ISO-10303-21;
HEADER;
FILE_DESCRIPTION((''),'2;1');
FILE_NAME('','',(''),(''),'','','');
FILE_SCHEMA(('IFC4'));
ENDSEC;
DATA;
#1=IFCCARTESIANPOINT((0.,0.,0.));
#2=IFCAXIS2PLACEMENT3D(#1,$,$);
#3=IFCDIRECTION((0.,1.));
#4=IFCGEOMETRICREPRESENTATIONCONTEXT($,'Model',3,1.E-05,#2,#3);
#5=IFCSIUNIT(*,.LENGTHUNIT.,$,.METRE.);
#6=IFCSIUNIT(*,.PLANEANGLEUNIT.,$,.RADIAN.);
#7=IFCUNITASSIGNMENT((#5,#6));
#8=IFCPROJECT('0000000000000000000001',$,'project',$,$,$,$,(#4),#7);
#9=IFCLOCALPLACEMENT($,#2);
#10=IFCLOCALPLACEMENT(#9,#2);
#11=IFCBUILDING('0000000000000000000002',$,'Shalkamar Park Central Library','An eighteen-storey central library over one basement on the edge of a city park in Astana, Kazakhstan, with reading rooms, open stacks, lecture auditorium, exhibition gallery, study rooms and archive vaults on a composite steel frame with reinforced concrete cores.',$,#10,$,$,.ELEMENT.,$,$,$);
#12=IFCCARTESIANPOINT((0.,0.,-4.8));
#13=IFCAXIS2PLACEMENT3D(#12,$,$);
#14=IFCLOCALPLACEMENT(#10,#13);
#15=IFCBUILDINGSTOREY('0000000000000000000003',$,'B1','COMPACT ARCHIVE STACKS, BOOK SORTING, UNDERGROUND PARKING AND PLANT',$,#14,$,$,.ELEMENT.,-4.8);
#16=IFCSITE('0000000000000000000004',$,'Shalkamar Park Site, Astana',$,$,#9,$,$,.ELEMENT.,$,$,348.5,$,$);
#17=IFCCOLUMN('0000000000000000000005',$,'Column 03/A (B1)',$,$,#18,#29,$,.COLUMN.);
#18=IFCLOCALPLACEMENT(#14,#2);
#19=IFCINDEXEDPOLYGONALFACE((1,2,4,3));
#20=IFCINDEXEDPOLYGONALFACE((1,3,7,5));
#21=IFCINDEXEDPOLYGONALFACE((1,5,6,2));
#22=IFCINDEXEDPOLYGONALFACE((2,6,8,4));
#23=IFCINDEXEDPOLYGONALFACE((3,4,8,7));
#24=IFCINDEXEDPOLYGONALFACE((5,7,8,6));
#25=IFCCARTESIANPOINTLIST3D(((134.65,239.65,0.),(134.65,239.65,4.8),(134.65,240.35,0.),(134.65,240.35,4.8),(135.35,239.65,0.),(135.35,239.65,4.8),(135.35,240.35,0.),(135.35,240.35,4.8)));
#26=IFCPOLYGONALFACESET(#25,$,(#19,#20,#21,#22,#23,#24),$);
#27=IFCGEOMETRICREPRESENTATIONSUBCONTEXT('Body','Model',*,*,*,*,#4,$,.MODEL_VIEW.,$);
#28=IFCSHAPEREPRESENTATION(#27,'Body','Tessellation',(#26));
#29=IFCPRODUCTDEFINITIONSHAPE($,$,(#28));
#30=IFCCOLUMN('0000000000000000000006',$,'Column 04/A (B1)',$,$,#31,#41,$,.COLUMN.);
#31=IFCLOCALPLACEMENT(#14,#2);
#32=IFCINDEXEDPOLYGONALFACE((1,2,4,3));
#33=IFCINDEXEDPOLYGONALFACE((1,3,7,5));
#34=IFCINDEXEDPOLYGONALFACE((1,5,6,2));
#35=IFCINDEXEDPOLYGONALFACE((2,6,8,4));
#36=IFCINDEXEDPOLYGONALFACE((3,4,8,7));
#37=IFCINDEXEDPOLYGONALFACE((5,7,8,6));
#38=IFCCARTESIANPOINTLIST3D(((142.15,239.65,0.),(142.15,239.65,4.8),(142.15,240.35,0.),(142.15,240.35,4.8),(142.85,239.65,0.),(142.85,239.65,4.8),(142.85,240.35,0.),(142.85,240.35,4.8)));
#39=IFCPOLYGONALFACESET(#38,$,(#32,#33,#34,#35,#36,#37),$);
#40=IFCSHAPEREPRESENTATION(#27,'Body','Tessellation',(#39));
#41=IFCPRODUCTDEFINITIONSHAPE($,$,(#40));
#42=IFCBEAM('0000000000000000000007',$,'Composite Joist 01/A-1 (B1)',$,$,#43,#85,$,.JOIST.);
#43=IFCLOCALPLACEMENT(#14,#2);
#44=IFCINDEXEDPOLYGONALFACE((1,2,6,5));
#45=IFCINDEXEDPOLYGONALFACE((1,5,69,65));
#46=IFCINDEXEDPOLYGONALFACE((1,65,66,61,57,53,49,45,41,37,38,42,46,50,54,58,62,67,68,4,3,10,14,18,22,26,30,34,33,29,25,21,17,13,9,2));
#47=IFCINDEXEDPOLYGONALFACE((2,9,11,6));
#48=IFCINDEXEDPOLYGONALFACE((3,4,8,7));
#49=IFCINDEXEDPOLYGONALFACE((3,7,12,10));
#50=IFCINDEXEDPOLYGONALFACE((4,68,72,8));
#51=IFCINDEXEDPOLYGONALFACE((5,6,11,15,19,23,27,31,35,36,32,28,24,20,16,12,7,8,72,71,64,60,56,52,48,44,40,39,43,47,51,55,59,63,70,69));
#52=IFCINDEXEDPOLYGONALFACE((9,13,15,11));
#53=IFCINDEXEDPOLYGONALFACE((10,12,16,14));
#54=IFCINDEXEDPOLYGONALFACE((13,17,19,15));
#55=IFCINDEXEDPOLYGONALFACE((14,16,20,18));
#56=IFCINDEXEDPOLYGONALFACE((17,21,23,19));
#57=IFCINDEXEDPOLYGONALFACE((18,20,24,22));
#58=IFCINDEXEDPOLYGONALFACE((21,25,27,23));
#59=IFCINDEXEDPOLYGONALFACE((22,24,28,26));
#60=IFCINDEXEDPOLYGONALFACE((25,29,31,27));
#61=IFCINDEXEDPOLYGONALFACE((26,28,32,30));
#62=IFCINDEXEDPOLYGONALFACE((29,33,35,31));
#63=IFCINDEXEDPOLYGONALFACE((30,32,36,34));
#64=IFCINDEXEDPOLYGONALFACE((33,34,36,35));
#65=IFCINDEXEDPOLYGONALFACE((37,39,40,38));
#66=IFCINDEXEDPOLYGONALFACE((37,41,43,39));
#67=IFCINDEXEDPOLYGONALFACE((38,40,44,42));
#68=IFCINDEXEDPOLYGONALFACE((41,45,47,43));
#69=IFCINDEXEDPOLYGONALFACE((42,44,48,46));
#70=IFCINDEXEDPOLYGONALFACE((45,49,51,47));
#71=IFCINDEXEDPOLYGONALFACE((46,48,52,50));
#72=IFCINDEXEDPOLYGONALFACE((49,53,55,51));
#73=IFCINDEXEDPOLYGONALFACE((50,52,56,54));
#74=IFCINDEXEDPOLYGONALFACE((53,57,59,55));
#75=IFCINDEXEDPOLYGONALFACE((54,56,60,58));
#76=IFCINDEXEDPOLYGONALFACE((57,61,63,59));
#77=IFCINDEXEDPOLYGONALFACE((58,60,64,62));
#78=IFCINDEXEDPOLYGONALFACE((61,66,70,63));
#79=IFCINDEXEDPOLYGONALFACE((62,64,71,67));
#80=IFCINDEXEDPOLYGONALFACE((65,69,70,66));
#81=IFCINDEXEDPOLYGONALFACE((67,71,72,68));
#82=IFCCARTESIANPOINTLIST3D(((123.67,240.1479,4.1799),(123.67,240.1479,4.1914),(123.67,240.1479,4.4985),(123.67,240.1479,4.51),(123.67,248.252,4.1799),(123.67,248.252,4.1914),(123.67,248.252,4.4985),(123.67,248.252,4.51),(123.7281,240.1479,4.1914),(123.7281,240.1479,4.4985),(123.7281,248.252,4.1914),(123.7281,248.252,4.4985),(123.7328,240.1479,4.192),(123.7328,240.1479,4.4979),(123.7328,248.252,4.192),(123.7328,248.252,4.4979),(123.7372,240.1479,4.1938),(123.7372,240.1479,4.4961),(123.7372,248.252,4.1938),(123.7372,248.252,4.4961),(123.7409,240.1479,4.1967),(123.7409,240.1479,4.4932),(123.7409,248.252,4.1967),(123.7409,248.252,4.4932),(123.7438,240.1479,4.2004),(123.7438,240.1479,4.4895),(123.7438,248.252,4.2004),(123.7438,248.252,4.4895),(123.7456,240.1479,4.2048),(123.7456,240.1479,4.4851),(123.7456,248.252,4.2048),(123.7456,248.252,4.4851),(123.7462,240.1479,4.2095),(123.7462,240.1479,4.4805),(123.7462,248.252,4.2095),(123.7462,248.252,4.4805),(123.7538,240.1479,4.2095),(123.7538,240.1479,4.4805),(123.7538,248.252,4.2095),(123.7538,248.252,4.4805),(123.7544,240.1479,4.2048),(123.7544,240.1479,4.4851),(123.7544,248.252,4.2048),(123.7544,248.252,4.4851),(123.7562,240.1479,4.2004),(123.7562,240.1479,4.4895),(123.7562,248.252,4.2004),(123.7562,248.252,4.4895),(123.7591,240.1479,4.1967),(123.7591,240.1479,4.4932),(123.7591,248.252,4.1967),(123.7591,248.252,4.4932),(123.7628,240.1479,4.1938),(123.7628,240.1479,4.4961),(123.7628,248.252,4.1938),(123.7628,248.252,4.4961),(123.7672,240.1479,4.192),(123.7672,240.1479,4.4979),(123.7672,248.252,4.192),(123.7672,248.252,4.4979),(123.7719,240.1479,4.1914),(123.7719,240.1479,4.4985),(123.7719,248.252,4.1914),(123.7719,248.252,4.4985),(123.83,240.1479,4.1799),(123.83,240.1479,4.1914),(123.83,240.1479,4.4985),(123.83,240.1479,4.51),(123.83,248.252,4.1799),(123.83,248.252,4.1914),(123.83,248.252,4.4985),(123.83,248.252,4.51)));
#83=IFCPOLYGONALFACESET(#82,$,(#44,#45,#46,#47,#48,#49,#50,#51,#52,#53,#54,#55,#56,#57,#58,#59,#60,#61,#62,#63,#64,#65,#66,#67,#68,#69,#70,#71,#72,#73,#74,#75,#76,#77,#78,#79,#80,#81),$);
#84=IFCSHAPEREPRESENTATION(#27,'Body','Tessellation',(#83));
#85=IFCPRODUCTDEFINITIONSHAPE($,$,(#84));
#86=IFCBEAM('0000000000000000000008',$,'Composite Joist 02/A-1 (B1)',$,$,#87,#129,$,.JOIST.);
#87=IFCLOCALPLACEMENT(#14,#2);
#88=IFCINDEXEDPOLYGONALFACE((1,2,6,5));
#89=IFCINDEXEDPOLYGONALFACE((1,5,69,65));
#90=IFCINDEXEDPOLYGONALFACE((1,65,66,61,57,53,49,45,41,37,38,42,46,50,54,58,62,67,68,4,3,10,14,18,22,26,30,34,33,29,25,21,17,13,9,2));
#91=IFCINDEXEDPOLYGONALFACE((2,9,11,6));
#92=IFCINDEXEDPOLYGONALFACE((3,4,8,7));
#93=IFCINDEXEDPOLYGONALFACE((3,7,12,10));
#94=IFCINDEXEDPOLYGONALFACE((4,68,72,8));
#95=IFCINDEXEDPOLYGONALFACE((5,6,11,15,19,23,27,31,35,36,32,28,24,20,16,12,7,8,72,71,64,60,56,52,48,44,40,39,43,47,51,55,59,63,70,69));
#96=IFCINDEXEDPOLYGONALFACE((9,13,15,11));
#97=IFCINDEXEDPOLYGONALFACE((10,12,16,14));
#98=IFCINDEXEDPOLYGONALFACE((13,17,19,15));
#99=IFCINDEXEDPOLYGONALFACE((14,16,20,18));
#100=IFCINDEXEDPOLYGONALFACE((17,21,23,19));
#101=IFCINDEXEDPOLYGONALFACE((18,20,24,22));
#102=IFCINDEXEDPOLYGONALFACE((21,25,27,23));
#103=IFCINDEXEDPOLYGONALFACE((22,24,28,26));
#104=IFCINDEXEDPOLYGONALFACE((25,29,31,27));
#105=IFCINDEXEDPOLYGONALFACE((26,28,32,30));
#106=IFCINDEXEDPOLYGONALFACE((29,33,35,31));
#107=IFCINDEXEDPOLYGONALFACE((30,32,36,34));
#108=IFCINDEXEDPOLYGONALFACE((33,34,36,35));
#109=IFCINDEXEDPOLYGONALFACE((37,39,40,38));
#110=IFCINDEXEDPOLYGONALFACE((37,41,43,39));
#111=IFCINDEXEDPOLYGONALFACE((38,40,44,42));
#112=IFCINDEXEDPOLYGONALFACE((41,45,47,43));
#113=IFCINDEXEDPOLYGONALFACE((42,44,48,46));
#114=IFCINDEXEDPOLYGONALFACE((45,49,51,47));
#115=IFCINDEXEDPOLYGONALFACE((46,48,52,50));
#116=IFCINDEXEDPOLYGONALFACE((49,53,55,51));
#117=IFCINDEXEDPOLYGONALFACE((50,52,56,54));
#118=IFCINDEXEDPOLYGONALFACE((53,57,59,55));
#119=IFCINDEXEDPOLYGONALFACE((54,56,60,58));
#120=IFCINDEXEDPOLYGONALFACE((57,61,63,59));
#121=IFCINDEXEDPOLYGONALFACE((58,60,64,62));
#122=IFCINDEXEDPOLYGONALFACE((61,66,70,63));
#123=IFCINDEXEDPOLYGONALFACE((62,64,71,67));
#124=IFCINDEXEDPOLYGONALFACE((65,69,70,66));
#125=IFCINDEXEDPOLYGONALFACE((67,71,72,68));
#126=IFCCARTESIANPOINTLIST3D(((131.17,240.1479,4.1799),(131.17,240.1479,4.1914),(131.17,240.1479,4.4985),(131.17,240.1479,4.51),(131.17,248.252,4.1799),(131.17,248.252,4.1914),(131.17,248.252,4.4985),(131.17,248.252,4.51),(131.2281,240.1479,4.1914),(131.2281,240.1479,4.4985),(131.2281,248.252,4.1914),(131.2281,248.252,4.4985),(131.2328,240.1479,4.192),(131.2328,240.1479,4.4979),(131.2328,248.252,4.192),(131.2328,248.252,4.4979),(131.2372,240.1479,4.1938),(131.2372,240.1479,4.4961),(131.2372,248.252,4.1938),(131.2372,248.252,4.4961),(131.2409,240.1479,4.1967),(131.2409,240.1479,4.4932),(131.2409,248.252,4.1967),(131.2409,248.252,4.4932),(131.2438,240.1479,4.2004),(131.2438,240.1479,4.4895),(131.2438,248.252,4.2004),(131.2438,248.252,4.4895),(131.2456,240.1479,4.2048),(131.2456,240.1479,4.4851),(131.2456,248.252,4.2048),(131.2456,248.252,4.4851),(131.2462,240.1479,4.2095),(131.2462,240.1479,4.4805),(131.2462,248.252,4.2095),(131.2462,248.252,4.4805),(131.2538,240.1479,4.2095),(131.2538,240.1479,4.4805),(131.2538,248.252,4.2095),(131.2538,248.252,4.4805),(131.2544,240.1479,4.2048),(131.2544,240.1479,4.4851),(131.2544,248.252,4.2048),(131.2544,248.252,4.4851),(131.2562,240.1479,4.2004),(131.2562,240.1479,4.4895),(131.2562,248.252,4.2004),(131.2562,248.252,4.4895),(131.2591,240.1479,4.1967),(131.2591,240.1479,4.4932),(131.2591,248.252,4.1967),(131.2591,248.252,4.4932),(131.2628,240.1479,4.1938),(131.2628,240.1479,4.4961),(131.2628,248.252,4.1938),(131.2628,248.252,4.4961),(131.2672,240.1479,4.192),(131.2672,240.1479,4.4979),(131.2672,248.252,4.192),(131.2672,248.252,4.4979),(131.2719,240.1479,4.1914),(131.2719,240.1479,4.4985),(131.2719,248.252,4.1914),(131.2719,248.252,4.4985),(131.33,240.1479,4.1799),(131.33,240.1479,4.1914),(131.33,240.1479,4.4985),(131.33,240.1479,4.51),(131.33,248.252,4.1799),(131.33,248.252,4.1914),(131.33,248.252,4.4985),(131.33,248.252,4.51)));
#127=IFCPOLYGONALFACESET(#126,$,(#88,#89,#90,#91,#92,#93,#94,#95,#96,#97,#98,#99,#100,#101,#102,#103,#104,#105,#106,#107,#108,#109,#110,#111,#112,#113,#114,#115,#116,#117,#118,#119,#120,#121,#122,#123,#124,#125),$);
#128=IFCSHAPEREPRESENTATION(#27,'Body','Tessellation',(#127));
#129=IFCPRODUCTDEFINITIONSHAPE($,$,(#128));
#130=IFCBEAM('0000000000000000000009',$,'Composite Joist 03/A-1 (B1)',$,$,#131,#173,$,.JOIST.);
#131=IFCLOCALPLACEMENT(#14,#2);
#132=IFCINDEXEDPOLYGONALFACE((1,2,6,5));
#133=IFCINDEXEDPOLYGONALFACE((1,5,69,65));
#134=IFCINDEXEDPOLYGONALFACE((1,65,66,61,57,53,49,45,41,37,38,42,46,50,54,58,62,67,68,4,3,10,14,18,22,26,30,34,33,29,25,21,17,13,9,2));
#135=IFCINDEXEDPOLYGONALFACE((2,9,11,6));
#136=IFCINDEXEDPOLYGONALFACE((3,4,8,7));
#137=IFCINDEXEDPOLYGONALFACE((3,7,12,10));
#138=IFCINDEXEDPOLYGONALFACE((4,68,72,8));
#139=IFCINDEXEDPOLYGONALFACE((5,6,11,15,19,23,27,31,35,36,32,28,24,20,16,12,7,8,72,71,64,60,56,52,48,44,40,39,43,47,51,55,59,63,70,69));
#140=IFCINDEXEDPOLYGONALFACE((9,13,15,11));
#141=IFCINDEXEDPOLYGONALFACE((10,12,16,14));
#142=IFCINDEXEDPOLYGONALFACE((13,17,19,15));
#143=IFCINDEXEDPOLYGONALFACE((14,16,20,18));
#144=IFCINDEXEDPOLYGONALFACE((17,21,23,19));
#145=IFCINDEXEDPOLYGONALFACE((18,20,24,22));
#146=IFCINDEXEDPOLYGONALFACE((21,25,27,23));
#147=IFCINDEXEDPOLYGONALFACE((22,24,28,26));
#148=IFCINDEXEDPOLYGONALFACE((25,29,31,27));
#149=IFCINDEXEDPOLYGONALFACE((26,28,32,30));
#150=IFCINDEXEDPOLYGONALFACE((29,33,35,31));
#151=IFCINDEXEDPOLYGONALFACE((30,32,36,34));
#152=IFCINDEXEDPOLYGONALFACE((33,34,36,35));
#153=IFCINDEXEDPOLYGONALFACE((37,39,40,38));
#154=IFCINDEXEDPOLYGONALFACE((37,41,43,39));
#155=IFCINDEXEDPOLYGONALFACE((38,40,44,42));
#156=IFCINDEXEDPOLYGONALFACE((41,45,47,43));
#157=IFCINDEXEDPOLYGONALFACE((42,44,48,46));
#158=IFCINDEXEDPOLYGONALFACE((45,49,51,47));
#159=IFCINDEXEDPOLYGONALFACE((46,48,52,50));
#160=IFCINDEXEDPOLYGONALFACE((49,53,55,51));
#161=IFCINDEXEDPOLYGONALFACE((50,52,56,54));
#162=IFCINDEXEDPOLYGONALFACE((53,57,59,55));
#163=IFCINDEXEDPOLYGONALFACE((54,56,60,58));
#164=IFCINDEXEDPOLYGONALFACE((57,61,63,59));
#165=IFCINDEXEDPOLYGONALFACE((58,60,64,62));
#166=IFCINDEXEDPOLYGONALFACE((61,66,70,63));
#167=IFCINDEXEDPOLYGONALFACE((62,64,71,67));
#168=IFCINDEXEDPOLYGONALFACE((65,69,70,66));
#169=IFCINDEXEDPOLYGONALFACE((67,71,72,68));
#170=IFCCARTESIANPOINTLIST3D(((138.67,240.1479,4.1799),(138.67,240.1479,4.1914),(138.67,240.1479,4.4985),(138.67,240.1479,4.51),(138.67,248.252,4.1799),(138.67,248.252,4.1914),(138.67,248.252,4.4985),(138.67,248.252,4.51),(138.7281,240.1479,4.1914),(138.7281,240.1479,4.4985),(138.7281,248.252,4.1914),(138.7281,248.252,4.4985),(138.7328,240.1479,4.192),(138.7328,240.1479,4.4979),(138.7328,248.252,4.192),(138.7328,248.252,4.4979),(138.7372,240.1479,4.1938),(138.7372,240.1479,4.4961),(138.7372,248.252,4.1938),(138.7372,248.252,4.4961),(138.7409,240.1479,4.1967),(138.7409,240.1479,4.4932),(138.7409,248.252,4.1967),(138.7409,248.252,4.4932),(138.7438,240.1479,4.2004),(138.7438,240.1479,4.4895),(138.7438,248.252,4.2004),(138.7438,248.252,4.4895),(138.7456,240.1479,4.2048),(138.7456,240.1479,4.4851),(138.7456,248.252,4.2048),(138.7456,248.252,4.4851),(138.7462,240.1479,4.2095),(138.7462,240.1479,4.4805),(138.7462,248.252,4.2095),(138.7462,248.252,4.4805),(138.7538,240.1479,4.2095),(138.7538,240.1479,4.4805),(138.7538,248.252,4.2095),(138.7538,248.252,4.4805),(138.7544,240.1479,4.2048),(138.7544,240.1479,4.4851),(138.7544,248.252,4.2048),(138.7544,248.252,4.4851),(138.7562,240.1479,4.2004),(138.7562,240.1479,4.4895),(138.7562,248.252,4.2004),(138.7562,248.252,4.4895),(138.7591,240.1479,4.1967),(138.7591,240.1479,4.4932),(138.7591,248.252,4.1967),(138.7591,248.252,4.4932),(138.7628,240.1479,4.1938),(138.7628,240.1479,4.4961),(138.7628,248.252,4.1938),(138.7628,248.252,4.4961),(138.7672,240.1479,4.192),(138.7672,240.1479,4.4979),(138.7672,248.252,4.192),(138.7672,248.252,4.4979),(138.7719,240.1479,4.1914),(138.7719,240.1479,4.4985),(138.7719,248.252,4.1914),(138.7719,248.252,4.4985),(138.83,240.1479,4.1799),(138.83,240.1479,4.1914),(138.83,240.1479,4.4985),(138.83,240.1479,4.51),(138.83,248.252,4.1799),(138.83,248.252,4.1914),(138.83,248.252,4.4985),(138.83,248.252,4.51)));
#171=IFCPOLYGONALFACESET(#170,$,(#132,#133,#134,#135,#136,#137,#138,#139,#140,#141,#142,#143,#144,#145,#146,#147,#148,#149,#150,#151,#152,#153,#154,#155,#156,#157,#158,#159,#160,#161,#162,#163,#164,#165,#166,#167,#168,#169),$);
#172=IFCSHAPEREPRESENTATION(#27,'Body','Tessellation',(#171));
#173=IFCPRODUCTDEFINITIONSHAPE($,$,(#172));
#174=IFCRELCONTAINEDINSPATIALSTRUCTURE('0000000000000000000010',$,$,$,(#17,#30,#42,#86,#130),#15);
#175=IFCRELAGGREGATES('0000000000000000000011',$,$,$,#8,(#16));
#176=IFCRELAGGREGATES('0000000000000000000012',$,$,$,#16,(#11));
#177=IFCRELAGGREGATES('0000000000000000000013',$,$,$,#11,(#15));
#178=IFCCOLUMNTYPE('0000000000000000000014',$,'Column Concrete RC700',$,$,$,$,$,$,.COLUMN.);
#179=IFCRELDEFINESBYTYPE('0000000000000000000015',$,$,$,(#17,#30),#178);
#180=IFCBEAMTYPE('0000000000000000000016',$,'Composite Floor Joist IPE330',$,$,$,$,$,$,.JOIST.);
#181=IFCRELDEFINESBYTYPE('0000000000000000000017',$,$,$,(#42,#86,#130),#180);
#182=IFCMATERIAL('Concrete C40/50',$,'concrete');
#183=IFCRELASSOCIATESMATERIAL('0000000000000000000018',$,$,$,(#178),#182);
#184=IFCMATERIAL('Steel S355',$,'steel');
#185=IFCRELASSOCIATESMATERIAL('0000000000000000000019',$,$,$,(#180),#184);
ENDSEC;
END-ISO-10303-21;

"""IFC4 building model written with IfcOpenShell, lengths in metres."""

from ifc_helpers import new_model, si_unit, direction, frame, origin, origin_2d, place, context, subcontext, project, spatial, rectangle, i_section, extrude, material, material_profile, profile_set, type_object, element, save


model = new_model("IFC4")

# Units and contexts
model_context = context("Model", 3, precision=1e-05, world=origin(), true_north=direction((0.0, 1.0)))
body_context = subcontext(model_context, "Body", "Model", "MODEL_VIEW")
ifc_project = project(units=[si_unit("LENGTHUNIT", "METRE"), si_unit("PLANEANGLEUNIT", "RADIAN")], contexts=[model_context])

# Site, building, storey
site_placement = place(None, origin())
site = spatial("IfcSite", under=ifc_project, at=site_placement, Name="Shalkamar Park Site, Astana", CompositionType="ELEMENT", RefElevation=348.5)
building_placement = place(site_placement, origin())
building = spatial("IfcBuilding", under=site, at=building_placement, Name="Shalkamar Park Central Library", Description="An eighteen-storey central library over one basement on the edge of a city park in Astana, Kazakhstan, with reading rooms, open stacks, lecture auditorium, exhibition gallery, study rooms and archive vaults on a composite steel frame with reinforced concrete cores.", CompositionType="ELEMENT")
storey_placement = place(building_placement, frame((0.0, 0.0, -4.8)))
storey = spatial("IfcBuildingStorey", under=building, at=storey_placement, Name="B1", Description="COMPACT ARCHIVE STACKS, BOOK SORTING, UNDERGROUND PARKING AND PLANT", CompositionType="ELEMENT", Elevation=-4.8)

# Columns
ifc_material_1 = material(Name="Concrete C40/50", Category="concrete")
ifc_material_profile_1 = material_profile(ifc_material_1, rectangle(XDim=0.7, YDim=0.7, at=origin_2d()), Name="RC 700x700")
ifc_profile_set_1 = profile_set([ifc_material_profile_1], Name="Concrete C40/50")
column_type = type_object("IfcColumnType", Name="Column Concrete RC700", PredefinedType="COLUMN", material=ifc_profile_set_1)
for number, where, z_axis, x_axis, name in (
    (1, (135.0, 240.0, 0.0), (0.0, 0.0, 1.0), (1.0, 0.0, 0.0), "Column 03/A (B1)"),
    (2, (142.5, 240.0, 0.0), (0.0, 0.0, 1.0), (1.0, 0.0, 0.0), "Column 04/A (B1)"),
):
    element("IfcColumn", number, at=place(storey_placement, frame(where, z_axis=z_axis, x_axis=x_axis)), inside=storey, type_object=column_type, Name=name, PredefinedType="COLUMN", context=body_context, shape_type="SweptSolid", body=[
        extrude(rectangle(XDim=0.7, YDim=0.7, at=origin_2d()), origin(), (0.0, 0.0, 1.0), 4.8),
    ])

# Beams
ifc_material_2 = material(Name="Steel S355", Category="steel")
ifc_material_profile_2 = material_profile(ifc_material_2, i_section(OverallWidth=0.1599, OverallDepth=0.3301, WebThickness=0.0076, FlangeThickness=0.0115, FilletRadius=0.0181, at=origin_2d()), Name="IPE 330")
ifc_profile_set_2 = profile_set([ifc_material_profile_2], Name="Steel S355")
beam_type_1 = type_object("IfcBeamType", Name="Composite Floor Joist IPE330", PredefinedType="JOIST", material=ifc_profile_set_2)
for number, where, z_axis, x_axis, name in (
    (3, (123.75, 240.1479, 4.345), (0.0, 1.0, 0.0), (-1.0, 0.0, 0.0), "Composite Joist 01/A-1 (B1)"),
    (4, (131.25, 240.1479, 4.345), (0.0, 1.0, 0.0), (-1.0, 0.0, 0.0), "Composite Joist 02/A-1 (B1)"),
    (5, (138.75, 240.1479, 4.345), (0.0, 1.0, 0.0), (-1.0, 0.0, 0.0), "Composite Joist 03/A-1 (B1)"),
):
    element("IfcBeam", number, at=place(storey_placement, frame(where, z_axis=z_axis, x_axis=x_axis)), inside=storey, type_object=beam_type_1, Name=name, PredefinedType="JOIST", context=body_context, shape_type="SweptSolid", body=[
        extrude(i_section(OverallWidth=0.1599, OverallDepth=0.3301, WebThickness=0.0076, FlangeThickness=0.0115, FilletRadius=0.0181, at=origin_2d()), origin(), (0.0, 0.0, 1.0), 8.104),
    ])

save(model, "model.ifc")
